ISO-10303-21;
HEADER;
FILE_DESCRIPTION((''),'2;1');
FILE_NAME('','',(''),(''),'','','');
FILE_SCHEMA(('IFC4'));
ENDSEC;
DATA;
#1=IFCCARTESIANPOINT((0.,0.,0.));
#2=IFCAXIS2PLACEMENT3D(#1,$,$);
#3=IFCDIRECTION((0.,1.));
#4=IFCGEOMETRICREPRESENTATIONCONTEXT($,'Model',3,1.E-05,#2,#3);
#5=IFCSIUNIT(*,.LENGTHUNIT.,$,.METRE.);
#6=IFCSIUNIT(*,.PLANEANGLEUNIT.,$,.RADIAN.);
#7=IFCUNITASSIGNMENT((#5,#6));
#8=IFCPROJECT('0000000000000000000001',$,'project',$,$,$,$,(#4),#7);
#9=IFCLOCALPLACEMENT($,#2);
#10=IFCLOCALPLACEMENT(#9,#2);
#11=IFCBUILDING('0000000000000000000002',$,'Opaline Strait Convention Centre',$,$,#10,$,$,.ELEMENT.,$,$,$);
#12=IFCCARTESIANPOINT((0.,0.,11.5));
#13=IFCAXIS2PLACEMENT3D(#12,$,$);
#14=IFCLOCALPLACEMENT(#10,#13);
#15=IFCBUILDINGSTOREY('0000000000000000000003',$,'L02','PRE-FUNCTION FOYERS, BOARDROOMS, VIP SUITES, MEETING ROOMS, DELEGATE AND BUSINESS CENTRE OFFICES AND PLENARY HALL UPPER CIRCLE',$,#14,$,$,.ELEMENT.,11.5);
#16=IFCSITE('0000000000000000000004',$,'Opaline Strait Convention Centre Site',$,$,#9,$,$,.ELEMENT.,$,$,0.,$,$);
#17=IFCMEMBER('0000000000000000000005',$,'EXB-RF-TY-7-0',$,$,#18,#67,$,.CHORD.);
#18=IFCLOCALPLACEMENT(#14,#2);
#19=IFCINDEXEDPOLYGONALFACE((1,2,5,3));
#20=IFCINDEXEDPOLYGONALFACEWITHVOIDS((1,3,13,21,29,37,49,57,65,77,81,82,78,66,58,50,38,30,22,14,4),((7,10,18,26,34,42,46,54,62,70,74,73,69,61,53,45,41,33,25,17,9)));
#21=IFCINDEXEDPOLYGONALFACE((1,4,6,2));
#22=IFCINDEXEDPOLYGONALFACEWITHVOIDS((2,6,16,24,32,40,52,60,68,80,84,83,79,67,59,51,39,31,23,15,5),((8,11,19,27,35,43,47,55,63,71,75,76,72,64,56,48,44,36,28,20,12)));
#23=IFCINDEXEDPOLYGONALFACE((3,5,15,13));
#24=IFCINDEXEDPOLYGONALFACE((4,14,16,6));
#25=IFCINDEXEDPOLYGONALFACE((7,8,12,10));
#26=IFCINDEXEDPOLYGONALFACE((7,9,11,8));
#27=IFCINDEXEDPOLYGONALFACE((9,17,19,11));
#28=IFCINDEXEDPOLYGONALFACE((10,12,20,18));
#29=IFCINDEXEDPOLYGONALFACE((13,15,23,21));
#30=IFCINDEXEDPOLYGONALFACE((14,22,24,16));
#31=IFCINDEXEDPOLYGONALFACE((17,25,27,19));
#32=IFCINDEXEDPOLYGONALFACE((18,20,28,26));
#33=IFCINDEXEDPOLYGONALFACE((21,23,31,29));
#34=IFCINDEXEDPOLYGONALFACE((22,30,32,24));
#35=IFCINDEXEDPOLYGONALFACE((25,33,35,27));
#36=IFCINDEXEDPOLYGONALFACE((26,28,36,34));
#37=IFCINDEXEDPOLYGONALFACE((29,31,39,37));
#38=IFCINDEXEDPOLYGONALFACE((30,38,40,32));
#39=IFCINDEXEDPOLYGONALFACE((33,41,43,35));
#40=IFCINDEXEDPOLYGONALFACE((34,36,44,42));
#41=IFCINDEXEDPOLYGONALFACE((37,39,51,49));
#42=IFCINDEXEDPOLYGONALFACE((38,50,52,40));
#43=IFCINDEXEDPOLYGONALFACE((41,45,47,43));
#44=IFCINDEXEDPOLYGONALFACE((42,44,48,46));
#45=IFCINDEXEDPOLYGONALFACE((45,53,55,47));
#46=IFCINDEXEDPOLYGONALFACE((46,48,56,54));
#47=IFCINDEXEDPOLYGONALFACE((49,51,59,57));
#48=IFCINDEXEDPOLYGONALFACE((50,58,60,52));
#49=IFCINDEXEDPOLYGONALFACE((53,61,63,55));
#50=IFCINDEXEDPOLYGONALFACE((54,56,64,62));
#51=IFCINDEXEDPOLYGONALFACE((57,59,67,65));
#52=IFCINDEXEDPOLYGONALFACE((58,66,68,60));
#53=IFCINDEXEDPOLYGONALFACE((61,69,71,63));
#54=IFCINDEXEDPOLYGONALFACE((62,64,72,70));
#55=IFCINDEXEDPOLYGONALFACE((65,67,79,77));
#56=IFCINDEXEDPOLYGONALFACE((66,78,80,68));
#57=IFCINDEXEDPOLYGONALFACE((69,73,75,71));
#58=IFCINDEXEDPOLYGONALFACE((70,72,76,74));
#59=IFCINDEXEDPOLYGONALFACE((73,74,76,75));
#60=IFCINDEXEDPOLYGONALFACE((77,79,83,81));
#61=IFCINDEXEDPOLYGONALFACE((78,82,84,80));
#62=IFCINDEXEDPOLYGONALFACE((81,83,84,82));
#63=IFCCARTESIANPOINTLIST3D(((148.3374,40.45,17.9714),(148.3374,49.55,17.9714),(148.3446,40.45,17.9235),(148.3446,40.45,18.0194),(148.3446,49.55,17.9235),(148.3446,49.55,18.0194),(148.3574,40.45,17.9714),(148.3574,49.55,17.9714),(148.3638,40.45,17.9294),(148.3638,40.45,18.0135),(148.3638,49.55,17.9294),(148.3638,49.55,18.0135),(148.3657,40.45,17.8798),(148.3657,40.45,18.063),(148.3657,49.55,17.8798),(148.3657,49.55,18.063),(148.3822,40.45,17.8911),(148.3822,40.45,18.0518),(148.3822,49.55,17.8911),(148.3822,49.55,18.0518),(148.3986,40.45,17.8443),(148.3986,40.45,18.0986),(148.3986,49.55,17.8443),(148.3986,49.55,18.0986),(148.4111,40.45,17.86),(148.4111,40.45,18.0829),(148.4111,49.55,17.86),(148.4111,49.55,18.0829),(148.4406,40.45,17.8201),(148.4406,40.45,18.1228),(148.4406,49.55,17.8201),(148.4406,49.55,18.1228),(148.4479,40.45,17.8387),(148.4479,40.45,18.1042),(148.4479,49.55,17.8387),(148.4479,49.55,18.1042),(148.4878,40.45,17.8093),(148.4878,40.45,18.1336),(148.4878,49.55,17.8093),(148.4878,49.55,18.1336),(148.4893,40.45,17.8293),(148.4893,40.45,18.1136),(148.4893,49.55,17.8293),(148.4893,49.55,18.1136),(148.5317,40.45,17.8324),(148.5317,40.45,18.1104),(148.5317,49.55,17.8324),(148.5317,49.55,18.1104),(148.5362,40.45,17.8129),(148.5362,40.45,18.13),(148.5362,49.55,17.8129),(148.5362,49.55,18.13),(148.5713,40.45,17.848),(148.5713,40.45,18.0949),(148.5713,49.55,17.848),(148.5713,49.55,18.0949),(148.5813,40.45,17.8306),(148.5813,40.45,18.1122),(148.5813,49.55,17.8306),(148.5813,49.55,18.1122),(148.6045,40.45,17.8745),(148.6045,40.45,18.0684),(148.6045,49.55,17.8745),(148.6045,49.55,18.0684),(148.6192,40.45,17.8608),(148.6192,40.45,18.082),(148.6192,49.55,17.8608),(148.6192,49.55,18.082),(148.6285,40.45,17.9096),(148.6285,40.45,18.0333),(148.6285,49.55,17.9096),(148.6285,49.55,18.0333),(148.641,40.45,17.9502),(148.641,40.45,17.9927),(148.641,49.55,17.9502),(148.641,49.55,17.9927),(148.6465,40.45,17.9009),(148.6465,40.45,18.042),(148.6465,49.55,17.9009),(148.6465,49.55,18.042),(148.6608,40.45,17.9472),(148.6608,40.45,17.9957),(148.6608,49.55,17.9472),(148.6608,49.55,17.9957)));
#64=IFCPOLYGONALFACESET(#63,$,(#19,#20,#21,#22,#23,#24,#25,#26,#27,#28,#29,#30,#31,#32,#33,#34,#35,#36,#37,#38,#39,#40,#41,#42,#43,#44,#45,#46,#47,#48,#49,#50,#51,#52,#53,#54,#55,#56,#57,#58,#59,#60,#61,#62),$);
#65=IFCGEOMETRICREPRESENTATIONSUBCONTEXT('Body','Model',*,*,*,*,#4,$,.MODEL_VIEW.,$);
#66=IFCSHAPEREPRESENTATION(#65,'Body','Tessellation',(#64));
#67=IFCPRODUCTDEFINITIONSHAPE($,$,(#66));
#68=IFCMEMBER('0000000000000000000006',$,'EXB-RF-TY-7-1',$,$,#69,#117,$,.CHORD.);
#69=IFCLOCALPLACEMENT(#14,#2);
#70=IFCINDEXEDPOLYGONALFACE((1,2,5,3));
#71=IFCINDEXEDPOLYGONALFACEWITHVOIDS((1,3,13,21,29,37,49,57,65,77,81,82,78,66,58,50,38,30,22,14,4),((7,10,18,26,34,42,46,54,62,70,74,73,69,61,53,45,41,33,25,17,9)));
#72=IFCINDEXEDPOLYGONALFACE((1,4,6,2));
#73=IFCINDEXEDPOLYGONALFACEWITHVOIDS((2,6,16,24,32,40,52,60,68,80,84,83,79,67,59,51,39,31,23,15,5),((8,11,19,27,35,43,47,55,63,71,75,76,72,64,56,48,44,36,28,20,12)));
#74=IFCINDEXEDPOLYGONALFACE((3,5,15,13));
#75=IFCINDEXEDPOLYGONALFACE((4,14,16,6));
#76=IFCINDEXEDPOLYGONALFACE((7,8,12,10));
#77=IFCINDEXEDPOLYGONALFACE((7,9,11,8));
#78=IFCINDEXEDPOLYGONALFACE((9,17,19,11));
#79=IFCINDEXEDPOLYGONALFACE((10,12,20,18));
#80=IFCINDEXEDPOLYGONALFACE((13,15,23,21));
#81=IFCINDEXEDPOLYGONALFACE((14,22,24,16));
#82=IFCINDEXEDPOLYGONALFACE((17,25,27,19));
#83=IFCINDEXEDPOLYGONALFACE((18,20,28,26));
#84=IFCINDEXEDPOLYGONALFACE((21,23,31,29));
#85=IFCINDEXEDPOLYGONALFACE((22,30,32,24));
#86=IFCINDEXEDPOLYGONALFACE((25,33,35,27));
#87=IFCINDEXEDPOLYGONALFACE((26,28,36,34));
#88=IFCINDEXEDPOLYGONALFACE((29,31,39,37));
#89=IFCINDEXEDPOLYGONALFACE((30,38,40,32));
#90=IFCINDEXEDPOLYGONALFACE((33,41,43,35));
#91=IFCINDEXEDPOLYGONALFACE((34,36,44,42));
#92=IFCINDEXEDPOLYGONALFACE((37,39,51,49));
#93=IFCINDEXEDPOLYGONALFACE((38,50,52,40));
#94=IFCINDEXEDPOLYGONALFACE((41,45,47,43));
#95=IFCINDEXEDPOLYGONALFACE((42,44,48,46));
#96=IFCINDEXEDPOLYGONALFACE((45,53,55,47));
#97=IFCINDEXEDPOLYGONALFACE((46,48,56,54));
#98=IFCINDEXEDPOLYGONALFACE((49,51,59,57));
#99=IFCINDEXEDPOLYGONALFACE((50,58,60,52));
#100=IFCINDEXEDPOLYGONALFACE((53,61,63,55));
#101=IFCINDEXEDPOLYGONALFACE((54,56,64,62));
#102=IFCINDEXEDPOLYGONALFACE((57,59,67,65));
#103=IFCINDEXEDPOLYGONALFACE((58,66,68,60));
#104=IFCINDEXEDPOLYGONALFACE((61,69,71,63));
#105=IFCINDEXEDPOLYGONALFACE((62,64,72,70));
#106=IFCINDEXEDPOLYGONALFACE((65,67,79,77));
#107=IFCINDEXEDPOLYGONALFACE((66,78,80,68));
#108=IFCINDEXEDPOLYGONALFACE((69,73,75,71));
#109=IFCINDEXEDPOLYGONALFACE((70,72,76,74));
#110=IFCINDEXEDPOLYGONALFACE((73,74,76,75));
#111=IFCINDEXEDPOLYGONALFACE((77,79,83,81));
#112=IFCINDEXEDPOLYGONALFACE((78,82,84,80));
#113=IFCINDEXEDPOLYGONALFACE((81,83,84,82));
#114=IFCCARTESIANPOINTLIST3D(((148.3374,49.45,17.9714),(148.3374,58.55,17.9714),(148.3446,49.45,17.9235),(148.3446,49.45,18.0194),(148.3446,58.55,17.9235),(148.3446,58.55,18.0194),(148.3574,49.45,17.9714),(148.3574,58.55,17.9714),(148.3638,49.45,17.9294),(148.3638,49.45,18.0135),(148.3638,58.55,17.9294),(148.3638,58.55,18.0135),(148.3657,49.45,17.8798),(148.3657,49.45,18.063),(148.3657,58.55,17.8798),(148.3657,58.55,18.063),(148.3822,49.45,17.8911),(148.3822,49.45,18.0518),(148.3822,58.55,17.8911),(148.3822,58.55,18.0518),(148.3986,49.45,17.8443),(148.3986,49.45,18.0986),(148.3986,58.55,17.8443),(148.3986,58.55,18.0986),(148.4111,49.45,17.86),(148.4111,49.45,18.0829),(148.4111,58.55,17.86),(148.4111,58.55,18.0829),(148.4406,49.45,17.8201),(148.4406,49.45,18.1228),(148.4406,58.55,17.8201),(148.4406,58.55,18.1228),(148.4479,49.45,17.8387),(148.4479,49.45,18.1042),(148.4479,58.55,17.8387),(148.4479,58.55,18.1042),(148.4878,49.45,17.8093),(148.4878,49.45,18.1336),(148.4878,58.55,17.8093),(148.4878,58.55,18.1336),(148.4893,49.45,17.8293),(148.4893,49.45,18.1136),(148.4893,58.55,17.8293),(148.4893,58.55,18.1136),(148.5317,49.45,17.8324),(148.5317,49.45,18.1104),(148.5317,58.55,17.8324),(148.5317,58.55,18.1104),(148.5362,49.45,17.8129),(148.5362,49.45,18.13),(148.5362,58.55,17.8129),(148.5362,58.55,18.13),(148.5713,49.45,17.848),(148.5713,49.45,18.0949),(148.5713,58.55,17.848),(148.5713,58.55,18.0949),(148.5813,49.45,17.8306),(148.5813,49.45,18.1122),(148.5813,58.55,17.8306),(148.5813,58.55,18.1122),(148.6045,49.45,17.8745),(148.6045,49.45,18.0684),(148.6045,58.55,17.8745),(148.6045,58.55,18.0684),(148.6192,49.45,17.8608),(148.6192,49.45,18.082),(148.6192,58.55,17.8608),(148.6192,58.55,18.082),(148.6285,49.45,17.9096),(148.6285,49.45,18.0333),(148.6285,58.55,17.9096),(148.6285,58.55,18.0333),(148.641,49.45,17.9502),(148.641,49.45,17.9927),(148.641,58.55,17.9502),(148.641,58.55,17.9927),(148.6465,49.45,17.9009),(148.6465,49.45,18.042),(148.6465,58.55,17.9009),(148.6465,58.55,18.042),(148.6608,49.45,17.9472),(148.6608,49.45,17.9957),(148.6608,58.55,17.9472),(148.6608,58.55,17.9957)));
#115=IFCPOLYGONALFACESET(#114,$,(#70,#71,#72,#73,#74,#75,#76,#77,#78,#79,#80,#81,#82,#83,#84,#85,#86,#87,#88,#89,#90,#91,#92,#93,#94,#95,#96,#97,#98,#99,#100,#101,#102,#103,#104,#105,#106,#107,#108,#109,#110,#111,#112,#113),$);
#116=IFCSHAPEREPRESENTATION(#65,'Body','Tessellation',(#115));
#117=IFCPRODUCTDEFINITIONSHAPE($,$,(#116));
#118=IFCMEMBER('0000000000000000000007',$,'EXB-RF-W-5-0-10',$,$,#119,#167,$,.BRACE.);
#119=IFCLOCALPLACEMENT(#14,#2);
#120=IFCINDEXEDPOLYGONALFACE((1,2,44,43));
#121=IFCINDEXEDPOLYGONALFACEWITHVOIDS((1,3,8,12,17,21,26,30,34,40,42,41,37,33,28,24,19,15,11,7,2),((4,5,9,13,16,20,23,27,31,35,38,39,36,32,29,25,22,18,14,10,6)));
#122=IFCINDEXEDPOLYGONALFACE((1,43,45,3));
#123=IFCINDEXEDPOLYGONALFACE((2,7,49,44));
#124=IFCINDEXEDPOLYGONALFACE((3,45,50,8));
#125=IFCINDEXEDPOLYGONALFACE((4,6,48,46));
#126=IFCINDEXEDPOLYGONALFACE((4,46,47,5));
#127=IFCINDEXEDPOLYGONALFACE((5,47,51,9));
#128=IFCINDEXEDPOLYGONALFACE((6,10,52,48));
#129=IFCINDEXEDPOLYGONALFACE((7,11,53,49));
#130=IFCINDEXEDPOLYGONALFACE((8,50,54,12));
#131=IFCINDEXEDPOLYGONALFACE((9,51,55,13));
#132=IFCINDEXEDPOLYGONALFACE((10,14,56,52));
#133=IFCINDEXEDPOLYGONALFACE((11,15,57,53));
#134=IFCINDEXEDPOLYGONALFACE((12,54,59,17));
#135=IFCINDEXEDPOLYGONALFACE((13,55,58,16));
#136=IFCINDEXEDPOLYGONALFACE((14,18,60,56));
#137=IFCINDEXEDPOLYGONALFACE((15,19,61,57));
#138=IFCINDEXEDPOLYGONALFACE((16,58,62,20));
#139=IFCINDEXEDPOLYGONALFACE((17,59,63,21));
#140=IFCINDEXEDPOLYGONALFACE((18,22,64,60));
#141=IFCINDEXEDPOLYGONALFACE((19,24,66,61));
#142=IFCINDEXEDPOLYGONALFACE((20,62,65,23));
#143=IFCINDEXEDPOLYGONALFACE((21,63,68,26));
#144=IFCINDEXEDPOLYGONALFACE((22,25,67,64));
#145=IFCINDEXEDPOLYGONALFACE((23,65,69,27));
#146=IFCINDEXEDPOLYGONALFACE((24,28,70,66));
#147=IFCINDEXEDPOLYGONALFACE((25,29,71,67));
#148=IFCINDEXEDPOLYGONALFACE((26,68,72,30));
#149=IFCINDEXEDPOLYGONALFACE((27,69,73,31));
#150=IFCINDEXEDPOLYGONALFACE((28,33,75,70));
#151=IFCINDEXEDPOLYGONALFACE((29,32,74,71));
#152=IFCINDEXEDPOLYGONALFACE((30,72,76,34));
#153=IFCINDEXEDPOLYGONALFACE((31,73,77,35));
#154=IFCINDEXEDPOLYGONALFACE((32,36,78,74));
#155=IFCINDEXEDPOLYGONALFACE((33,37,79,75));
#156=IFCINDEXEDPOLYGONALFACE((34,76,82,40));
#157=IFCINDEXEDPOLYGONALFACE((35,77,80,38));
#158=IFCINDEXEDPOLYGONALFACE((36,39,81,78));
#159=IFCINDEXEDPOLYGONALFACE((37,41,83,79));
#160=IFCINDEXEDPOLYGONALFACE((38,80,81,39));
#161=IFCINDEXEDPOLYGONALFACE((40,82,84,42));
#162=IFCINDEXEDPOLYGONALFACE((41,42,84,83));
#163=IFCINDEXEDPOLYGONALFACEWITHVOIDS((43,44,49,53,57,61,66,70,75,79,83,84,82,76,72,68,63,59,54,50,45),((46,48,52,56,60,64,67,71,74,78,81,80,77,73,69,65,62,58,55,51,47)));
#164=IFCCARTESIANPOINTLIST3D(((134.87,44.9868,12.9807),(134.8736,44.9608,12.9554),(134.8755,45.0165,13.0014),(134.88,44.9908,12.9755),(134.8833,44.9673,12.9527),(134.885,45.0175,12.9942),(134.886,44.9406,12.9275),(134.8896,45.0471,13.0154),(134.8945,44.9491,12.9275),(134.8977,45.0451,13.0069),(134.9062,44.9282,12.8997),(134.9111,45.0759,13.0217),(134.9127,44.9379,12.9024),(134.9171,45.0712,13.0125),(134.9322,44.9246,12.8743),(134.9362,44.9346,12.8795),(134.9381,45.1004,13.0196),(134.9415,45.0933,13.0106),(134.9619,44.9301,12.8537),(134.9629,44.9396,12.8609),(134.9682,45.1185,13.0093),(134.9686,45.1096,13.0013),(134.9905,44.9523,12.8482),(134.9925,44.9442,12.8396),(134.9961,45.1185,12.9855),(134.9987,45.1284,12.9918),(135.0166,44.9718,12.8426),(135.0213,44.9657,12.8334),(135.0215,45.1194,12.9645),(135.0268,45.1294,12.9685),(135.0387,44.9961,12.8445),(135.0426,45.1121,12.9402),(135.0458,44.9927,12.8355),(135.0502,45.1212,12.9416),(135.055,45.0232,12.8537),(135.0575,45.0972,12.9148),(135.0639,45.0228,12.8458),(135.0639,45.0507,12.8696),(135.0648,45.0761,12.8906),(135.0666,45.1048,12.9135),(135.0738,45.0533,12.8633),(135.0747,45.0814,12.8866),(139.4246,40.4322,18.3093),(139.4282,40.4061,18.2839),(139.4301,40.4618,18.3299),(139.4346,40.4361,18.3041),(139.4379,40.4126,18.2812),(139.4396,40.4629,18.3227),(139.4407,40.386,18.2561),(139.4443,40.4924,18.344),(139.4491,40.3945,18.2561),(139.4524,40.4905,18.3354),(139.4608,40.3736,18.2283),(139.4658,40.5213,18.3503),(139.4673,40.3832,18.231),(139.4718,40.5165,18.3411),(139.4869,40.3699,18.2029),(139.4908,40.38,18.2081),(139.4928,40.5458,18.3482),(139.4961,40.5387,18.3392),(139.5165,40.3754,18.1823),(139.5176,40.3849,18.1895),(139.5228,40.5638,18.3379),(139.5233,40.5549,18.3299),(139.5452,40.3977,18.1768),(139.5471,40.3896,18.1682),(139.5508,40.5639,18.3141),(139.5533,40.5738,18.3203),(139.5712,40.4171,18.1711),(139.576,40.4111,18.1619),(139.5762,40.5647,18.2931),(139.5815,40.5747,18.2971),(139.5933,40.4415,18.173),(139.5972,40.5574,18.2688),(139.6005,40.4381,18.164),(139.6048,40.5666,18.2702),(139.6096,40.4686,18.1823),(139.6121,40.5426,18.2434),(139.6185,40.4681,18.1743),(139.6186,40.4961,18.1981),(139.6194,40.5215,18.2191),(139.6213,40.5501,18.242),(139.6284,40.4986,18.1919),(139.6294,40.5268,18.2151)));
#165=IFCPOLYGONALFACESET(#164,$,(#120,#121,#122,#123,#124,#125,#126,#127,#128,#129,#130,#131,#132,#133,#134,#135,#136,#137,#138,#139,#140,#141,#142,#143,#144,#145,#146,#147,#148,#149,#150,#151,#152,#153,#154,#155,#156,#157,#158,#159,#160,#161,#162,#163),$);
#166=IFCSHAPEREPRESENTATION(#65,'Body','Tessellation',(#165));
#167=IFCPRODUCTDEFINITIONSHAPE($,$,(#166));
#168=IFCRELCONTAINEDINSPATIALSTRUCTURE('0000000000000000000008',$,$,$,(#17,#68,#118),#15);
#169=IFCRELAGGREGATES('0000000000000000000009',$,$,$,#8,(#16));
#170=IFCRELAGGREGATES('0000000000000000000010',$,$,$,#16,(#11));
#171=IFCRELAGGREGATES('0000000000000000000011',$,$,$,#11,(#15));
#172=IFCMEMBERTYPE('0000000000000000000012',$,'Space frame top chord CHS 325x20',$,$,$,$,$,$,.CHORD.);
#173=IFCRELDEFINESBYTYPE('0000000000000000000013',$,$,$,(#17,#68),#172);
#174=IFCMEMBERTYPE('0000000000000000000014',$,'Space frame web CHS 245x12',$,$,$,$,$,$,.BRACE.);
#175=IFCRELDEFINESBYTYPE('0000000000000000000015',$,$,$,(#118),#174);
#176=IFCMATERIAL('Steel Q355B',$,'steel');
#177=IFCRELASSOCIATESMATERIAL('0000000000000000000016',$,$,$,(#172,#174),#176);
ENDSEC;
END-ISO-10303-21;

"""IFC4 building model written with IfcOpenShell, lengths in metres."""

from ifc_helpers import new_model, si_unit, direction, frame, origin, origin_2d, place, context, subcontext, project, spatial, hollow_circle, extrude, material, material_profile, profile_set, type_object, element, save


model = new_model("IFC4")

# Units and contexts
model_context = context("Model", 3, precision=1e-05, world=origin(), true_north=direction((0.0, 1.0)))
body_context = subcontext(model_context, "Body", "Model", "MODEL_VIEW")
ifc_project = project(units=[si_unit("LENGTHUNIT", "METRE"), si_unit("PLANEANGLEUNIT", "RADIAN")], contexts=[model_context])

# Site, building, storey
site_placement = place(None, origin())
site = spatial("IfcSite", under=ifc_project, at=site_placement, Name="Opaline Strait Convention Centre Site", CompositionType="ELEMENT", RefElevation=0.0)
building_placement = place(site_placement, origin())
building = spatial("IfcBuilding", under=site, at=building_placement, Name="Opaline Strait Convention Centre", CompositionType="ELEMENT")
storey_placement = place(building_placement, frame((0.0, 0.0, 11.5)))
storey = spatial("IfcBuildingStorey", under=building, at=storey_placement, Name="L02", Description="PRE-FUNCTION FOYERS, BOARDROOMS, VIP SUITES, MEETING ROOMS, DELEGATE AND BUSINESS CENTRE OFFICES AND PLENARY HALL UPPER CIRCLE", CompositionType="ELEMENT", Elevation=11.5)

# Members
ifc_material_1 = material(Name="Steel Q355B", Category="steel")
ifc_material_profile_1 = material_profile(ifc_material_1, hollow_circle(Radius=0.1626, WallThickness=0.02, at=origin_2d()), Name="CHS 325x20")
ifc_profile_set_1 = profile_set([ifc_material_profile_1], Name="Steel Q355B")
member_type_1 = type_object("IfcMemberType", Name="Space frame top chord CHS 325x20", PredefinedType="CHORD", material=ifc_profile_set_1)
for number, where, z_axis, x_axis, name in (
    (1, (148.5, 40.45, 17.9714), (0.0, 1.0, 0.0), (-1.0, 0.0, 0.0), "EXB-RF-TY-7-0"),
    (2, (148.5, 49.45, 17.9714), (0.0, 1.0, 0.0), (-1.0, 0.0, 0.0), "EXB-RF-TY-7-1"),
):
    element("IfcMember", number, at=place(storey_placement, frame(where, z_axis=z_axis, x_axis=x_axis)), inside=storey, type_object=member_type_1, Name=name, PredefinedType="CHORD", context=body_context, shape_type="SweptSolid", body=[
        extrude(hollow_circle(Radius=0.1626, WallThickness=0.02, at=origin_2d()), origin(), (0.0, 0.0, 1.0), 9.1001),
    ])
ifc_material_profile_2 = material_profile(ifc_material_1, hollow_circle(Radius=0.1226, WallThickness=0.012, at=origin_2d()), Name="CHS 245x12")
ifc_profile_set_2 = profile_set([ifc_material_profile_2], Name="Steel Q355B")
member_type_2 = type_object("IfcMemberType", Name="Space frame web CHS 245x12", PredefinedType="BRACE", material=ifc_profile_set_2)
member_1_placement = place(storey_placement, frame((139.5273, 40.4727, 18.2561), z_axis=(-0.544839, 0.544839, -0.637417), x_axis=(-0.707107, -0.707107, 0.0)))
element("IfcMember", 3, at=member_1_placement, inside=storey, type_object=member_type_2, Name="EXB-RF-W-5-0-10", PredefinedType="BRACE", context=body_context, shape_type="SweptSolid", body=[
    extrude(hollow_circle(Radius=0.1226, WallThickness=0.012, at=origin_2d()), origin(), (0.0, 0.0, 1.0), 8.3596),
])

save(model, "model.ifc")
